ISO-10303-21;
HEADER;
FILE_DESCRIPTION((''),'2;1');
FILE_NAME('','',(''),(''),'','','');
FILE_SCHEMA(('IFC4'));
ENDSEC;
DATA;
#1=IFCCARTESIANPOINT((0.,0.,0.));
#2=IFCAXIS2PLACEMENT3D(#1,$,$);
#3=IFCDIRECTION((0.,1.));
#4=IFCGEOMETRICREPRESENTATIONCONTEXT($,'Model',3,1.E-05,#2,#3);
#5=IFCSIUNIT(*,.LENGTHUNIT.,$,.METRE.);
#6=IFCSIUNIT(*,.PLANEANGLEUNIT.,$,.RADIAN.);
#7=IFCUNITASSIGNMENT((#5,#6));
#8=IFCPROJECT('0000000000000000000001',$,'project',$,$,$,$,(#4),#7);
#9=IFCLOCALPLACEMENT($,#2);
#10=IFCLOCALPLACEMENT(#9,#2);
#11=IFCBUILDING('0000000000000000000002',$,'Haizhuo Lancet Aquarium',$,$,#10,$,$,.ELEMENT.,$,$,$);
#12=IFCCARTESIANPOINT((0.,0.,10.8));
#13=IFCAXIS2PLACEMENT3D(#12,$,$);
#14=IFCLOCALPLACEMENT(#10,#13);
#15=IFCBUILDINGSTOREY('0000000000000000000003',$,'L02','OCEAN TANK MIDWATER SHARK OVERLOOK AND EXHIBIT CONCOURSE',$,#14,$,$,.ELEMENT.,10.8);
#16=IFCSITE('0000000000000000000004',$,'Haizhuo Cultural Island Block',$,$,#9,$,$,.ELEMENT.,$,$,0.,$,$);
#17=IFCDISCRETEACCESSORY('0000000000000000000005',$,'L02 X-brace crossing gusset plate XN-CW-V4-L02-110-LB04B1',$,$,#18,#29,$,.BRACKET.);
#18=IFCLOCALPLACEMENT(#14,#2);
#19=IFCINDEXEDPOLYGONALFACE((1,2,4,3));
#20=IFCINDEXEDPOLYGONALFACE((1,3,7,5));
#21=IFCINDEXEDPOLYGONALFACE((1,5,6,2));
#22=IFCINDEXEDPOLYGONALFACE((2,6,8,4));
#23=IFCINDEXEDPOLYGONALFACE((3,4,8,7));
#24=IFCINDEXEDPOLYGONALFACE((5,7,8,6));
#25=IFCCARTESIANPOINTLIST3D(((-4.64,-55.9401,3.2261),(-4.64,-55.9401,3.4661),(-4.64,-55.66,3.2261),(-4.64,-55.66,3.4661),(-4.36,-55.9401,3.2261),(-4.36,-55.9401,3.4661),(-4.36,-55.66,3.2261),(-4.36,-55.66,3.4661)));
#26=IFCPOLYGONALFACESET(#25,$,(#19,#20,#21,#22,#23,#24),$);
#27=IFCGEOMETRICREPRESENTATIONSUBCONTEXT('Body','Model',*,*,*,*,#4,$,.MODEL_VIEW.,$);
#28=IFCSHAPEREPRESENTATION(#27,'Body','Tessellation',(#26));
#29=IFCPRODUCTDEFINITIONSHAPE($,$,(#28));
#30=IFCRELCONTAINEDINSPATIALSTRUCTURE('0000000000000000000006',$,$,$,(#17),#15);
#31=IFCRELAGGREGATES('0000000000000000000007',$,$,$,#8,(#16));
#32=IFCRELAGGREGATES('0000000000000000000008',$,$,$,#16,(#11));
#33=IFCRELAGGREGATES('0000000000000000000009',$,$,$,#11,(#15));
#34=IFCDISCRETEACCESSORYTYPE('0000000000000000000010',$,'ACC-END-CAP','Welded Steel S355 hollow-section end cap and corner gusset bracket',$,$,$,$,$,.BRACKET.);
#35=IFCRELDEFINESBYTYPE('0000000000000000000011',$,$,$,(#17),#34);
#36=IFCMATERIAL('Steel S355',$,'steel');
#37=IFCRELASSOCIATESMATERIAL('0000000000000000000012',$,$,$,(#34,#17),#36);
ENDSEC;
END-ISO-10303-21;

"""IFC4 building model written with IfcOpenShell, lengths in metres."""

from ifc_helpers import new_model, si_unit, direction, frame, origin, origin_2d, place, context, subcontext, project, spatial, rectangle, extrude, material, type_object, element, save


model = new_model("IFC4")

# Units and contexts
model_context = context("Model", 3, precision=1e-05, world=origin(), true_north=direction((0.0, 1.0)))
body_context = subcontext(model_context, "Body", "Model", "MODEL_VIEW")
ifc_project = project(units=[si_unit("LENGTHUNIT", "METRE"), si_unit("PLANEANGLEUNIT", "RADIAN")], contexts=[model_context])

# Site, building, storey
site_placement = place(None, origin())
site = spatial("IfcSite", under=ifc_project, at=site_placement, Name="Haizhuo Cultural Island Block", CompositionType="ELEMENT", RefElevation=0.0)
building_placement = place(site_placement, origin())
building = spatial("IfcBuilding", under=site, at=building_placement, Name="Haizhuo Lancet Aquarium", CompositionType="ELEMENT")
storey_placement = place(building_placement, frame((0.0, 0.0, 10.8)))
storey = spatial("IfcBuildingStorey", under=building, at=storey_placement, Name="L02", Description="OCEAN TANK MIDWATER SHARK OVERLOOK AND EXHIBIT CONCOURSE", CompositionType="ELEMENT", Elevation=10.8)

# Shared definitions
ifc_material_1 = material(Name="Steel S355", Category="steel")

# Discrete accessory
discrete_accessory_type = type_object("IfcDiscreteAccessoryType", Name="ACC-END-CAP", Description="Welded Steel S355 hollow-section end cap and corner gusset bracket", PredefinedType="BRACKET", material=ifc_material_1)
for number, where, z_axis, x_axis, name in (
    (1, (-4.5, -55.8, 3.2261), (0.0, 0.0, 1.0), (1.0, 0.0, 0.0), "L02 X-brace crossing gusset plate XN-CW-V4-L02-110-LB04B1"),
):
    element("IfcDiscreteAccessory", number, at=place(storey_placement, frame(where, z_axis=z_axis, x_axis=x_axis)), inside=storey, type_object=discrete_accessory_type, material=ifc_material_1, Name=name, PredefinedType="BRACKET", context=body_context, shape_type="SweptSolid", body=[
        extrude(rectangle(XDim=0.28, YDim=0.28, at=origin_2d()), origin(), (0.0, 0.0, 1.0), 0.24),
    ])

save(model, "model.ifc")
